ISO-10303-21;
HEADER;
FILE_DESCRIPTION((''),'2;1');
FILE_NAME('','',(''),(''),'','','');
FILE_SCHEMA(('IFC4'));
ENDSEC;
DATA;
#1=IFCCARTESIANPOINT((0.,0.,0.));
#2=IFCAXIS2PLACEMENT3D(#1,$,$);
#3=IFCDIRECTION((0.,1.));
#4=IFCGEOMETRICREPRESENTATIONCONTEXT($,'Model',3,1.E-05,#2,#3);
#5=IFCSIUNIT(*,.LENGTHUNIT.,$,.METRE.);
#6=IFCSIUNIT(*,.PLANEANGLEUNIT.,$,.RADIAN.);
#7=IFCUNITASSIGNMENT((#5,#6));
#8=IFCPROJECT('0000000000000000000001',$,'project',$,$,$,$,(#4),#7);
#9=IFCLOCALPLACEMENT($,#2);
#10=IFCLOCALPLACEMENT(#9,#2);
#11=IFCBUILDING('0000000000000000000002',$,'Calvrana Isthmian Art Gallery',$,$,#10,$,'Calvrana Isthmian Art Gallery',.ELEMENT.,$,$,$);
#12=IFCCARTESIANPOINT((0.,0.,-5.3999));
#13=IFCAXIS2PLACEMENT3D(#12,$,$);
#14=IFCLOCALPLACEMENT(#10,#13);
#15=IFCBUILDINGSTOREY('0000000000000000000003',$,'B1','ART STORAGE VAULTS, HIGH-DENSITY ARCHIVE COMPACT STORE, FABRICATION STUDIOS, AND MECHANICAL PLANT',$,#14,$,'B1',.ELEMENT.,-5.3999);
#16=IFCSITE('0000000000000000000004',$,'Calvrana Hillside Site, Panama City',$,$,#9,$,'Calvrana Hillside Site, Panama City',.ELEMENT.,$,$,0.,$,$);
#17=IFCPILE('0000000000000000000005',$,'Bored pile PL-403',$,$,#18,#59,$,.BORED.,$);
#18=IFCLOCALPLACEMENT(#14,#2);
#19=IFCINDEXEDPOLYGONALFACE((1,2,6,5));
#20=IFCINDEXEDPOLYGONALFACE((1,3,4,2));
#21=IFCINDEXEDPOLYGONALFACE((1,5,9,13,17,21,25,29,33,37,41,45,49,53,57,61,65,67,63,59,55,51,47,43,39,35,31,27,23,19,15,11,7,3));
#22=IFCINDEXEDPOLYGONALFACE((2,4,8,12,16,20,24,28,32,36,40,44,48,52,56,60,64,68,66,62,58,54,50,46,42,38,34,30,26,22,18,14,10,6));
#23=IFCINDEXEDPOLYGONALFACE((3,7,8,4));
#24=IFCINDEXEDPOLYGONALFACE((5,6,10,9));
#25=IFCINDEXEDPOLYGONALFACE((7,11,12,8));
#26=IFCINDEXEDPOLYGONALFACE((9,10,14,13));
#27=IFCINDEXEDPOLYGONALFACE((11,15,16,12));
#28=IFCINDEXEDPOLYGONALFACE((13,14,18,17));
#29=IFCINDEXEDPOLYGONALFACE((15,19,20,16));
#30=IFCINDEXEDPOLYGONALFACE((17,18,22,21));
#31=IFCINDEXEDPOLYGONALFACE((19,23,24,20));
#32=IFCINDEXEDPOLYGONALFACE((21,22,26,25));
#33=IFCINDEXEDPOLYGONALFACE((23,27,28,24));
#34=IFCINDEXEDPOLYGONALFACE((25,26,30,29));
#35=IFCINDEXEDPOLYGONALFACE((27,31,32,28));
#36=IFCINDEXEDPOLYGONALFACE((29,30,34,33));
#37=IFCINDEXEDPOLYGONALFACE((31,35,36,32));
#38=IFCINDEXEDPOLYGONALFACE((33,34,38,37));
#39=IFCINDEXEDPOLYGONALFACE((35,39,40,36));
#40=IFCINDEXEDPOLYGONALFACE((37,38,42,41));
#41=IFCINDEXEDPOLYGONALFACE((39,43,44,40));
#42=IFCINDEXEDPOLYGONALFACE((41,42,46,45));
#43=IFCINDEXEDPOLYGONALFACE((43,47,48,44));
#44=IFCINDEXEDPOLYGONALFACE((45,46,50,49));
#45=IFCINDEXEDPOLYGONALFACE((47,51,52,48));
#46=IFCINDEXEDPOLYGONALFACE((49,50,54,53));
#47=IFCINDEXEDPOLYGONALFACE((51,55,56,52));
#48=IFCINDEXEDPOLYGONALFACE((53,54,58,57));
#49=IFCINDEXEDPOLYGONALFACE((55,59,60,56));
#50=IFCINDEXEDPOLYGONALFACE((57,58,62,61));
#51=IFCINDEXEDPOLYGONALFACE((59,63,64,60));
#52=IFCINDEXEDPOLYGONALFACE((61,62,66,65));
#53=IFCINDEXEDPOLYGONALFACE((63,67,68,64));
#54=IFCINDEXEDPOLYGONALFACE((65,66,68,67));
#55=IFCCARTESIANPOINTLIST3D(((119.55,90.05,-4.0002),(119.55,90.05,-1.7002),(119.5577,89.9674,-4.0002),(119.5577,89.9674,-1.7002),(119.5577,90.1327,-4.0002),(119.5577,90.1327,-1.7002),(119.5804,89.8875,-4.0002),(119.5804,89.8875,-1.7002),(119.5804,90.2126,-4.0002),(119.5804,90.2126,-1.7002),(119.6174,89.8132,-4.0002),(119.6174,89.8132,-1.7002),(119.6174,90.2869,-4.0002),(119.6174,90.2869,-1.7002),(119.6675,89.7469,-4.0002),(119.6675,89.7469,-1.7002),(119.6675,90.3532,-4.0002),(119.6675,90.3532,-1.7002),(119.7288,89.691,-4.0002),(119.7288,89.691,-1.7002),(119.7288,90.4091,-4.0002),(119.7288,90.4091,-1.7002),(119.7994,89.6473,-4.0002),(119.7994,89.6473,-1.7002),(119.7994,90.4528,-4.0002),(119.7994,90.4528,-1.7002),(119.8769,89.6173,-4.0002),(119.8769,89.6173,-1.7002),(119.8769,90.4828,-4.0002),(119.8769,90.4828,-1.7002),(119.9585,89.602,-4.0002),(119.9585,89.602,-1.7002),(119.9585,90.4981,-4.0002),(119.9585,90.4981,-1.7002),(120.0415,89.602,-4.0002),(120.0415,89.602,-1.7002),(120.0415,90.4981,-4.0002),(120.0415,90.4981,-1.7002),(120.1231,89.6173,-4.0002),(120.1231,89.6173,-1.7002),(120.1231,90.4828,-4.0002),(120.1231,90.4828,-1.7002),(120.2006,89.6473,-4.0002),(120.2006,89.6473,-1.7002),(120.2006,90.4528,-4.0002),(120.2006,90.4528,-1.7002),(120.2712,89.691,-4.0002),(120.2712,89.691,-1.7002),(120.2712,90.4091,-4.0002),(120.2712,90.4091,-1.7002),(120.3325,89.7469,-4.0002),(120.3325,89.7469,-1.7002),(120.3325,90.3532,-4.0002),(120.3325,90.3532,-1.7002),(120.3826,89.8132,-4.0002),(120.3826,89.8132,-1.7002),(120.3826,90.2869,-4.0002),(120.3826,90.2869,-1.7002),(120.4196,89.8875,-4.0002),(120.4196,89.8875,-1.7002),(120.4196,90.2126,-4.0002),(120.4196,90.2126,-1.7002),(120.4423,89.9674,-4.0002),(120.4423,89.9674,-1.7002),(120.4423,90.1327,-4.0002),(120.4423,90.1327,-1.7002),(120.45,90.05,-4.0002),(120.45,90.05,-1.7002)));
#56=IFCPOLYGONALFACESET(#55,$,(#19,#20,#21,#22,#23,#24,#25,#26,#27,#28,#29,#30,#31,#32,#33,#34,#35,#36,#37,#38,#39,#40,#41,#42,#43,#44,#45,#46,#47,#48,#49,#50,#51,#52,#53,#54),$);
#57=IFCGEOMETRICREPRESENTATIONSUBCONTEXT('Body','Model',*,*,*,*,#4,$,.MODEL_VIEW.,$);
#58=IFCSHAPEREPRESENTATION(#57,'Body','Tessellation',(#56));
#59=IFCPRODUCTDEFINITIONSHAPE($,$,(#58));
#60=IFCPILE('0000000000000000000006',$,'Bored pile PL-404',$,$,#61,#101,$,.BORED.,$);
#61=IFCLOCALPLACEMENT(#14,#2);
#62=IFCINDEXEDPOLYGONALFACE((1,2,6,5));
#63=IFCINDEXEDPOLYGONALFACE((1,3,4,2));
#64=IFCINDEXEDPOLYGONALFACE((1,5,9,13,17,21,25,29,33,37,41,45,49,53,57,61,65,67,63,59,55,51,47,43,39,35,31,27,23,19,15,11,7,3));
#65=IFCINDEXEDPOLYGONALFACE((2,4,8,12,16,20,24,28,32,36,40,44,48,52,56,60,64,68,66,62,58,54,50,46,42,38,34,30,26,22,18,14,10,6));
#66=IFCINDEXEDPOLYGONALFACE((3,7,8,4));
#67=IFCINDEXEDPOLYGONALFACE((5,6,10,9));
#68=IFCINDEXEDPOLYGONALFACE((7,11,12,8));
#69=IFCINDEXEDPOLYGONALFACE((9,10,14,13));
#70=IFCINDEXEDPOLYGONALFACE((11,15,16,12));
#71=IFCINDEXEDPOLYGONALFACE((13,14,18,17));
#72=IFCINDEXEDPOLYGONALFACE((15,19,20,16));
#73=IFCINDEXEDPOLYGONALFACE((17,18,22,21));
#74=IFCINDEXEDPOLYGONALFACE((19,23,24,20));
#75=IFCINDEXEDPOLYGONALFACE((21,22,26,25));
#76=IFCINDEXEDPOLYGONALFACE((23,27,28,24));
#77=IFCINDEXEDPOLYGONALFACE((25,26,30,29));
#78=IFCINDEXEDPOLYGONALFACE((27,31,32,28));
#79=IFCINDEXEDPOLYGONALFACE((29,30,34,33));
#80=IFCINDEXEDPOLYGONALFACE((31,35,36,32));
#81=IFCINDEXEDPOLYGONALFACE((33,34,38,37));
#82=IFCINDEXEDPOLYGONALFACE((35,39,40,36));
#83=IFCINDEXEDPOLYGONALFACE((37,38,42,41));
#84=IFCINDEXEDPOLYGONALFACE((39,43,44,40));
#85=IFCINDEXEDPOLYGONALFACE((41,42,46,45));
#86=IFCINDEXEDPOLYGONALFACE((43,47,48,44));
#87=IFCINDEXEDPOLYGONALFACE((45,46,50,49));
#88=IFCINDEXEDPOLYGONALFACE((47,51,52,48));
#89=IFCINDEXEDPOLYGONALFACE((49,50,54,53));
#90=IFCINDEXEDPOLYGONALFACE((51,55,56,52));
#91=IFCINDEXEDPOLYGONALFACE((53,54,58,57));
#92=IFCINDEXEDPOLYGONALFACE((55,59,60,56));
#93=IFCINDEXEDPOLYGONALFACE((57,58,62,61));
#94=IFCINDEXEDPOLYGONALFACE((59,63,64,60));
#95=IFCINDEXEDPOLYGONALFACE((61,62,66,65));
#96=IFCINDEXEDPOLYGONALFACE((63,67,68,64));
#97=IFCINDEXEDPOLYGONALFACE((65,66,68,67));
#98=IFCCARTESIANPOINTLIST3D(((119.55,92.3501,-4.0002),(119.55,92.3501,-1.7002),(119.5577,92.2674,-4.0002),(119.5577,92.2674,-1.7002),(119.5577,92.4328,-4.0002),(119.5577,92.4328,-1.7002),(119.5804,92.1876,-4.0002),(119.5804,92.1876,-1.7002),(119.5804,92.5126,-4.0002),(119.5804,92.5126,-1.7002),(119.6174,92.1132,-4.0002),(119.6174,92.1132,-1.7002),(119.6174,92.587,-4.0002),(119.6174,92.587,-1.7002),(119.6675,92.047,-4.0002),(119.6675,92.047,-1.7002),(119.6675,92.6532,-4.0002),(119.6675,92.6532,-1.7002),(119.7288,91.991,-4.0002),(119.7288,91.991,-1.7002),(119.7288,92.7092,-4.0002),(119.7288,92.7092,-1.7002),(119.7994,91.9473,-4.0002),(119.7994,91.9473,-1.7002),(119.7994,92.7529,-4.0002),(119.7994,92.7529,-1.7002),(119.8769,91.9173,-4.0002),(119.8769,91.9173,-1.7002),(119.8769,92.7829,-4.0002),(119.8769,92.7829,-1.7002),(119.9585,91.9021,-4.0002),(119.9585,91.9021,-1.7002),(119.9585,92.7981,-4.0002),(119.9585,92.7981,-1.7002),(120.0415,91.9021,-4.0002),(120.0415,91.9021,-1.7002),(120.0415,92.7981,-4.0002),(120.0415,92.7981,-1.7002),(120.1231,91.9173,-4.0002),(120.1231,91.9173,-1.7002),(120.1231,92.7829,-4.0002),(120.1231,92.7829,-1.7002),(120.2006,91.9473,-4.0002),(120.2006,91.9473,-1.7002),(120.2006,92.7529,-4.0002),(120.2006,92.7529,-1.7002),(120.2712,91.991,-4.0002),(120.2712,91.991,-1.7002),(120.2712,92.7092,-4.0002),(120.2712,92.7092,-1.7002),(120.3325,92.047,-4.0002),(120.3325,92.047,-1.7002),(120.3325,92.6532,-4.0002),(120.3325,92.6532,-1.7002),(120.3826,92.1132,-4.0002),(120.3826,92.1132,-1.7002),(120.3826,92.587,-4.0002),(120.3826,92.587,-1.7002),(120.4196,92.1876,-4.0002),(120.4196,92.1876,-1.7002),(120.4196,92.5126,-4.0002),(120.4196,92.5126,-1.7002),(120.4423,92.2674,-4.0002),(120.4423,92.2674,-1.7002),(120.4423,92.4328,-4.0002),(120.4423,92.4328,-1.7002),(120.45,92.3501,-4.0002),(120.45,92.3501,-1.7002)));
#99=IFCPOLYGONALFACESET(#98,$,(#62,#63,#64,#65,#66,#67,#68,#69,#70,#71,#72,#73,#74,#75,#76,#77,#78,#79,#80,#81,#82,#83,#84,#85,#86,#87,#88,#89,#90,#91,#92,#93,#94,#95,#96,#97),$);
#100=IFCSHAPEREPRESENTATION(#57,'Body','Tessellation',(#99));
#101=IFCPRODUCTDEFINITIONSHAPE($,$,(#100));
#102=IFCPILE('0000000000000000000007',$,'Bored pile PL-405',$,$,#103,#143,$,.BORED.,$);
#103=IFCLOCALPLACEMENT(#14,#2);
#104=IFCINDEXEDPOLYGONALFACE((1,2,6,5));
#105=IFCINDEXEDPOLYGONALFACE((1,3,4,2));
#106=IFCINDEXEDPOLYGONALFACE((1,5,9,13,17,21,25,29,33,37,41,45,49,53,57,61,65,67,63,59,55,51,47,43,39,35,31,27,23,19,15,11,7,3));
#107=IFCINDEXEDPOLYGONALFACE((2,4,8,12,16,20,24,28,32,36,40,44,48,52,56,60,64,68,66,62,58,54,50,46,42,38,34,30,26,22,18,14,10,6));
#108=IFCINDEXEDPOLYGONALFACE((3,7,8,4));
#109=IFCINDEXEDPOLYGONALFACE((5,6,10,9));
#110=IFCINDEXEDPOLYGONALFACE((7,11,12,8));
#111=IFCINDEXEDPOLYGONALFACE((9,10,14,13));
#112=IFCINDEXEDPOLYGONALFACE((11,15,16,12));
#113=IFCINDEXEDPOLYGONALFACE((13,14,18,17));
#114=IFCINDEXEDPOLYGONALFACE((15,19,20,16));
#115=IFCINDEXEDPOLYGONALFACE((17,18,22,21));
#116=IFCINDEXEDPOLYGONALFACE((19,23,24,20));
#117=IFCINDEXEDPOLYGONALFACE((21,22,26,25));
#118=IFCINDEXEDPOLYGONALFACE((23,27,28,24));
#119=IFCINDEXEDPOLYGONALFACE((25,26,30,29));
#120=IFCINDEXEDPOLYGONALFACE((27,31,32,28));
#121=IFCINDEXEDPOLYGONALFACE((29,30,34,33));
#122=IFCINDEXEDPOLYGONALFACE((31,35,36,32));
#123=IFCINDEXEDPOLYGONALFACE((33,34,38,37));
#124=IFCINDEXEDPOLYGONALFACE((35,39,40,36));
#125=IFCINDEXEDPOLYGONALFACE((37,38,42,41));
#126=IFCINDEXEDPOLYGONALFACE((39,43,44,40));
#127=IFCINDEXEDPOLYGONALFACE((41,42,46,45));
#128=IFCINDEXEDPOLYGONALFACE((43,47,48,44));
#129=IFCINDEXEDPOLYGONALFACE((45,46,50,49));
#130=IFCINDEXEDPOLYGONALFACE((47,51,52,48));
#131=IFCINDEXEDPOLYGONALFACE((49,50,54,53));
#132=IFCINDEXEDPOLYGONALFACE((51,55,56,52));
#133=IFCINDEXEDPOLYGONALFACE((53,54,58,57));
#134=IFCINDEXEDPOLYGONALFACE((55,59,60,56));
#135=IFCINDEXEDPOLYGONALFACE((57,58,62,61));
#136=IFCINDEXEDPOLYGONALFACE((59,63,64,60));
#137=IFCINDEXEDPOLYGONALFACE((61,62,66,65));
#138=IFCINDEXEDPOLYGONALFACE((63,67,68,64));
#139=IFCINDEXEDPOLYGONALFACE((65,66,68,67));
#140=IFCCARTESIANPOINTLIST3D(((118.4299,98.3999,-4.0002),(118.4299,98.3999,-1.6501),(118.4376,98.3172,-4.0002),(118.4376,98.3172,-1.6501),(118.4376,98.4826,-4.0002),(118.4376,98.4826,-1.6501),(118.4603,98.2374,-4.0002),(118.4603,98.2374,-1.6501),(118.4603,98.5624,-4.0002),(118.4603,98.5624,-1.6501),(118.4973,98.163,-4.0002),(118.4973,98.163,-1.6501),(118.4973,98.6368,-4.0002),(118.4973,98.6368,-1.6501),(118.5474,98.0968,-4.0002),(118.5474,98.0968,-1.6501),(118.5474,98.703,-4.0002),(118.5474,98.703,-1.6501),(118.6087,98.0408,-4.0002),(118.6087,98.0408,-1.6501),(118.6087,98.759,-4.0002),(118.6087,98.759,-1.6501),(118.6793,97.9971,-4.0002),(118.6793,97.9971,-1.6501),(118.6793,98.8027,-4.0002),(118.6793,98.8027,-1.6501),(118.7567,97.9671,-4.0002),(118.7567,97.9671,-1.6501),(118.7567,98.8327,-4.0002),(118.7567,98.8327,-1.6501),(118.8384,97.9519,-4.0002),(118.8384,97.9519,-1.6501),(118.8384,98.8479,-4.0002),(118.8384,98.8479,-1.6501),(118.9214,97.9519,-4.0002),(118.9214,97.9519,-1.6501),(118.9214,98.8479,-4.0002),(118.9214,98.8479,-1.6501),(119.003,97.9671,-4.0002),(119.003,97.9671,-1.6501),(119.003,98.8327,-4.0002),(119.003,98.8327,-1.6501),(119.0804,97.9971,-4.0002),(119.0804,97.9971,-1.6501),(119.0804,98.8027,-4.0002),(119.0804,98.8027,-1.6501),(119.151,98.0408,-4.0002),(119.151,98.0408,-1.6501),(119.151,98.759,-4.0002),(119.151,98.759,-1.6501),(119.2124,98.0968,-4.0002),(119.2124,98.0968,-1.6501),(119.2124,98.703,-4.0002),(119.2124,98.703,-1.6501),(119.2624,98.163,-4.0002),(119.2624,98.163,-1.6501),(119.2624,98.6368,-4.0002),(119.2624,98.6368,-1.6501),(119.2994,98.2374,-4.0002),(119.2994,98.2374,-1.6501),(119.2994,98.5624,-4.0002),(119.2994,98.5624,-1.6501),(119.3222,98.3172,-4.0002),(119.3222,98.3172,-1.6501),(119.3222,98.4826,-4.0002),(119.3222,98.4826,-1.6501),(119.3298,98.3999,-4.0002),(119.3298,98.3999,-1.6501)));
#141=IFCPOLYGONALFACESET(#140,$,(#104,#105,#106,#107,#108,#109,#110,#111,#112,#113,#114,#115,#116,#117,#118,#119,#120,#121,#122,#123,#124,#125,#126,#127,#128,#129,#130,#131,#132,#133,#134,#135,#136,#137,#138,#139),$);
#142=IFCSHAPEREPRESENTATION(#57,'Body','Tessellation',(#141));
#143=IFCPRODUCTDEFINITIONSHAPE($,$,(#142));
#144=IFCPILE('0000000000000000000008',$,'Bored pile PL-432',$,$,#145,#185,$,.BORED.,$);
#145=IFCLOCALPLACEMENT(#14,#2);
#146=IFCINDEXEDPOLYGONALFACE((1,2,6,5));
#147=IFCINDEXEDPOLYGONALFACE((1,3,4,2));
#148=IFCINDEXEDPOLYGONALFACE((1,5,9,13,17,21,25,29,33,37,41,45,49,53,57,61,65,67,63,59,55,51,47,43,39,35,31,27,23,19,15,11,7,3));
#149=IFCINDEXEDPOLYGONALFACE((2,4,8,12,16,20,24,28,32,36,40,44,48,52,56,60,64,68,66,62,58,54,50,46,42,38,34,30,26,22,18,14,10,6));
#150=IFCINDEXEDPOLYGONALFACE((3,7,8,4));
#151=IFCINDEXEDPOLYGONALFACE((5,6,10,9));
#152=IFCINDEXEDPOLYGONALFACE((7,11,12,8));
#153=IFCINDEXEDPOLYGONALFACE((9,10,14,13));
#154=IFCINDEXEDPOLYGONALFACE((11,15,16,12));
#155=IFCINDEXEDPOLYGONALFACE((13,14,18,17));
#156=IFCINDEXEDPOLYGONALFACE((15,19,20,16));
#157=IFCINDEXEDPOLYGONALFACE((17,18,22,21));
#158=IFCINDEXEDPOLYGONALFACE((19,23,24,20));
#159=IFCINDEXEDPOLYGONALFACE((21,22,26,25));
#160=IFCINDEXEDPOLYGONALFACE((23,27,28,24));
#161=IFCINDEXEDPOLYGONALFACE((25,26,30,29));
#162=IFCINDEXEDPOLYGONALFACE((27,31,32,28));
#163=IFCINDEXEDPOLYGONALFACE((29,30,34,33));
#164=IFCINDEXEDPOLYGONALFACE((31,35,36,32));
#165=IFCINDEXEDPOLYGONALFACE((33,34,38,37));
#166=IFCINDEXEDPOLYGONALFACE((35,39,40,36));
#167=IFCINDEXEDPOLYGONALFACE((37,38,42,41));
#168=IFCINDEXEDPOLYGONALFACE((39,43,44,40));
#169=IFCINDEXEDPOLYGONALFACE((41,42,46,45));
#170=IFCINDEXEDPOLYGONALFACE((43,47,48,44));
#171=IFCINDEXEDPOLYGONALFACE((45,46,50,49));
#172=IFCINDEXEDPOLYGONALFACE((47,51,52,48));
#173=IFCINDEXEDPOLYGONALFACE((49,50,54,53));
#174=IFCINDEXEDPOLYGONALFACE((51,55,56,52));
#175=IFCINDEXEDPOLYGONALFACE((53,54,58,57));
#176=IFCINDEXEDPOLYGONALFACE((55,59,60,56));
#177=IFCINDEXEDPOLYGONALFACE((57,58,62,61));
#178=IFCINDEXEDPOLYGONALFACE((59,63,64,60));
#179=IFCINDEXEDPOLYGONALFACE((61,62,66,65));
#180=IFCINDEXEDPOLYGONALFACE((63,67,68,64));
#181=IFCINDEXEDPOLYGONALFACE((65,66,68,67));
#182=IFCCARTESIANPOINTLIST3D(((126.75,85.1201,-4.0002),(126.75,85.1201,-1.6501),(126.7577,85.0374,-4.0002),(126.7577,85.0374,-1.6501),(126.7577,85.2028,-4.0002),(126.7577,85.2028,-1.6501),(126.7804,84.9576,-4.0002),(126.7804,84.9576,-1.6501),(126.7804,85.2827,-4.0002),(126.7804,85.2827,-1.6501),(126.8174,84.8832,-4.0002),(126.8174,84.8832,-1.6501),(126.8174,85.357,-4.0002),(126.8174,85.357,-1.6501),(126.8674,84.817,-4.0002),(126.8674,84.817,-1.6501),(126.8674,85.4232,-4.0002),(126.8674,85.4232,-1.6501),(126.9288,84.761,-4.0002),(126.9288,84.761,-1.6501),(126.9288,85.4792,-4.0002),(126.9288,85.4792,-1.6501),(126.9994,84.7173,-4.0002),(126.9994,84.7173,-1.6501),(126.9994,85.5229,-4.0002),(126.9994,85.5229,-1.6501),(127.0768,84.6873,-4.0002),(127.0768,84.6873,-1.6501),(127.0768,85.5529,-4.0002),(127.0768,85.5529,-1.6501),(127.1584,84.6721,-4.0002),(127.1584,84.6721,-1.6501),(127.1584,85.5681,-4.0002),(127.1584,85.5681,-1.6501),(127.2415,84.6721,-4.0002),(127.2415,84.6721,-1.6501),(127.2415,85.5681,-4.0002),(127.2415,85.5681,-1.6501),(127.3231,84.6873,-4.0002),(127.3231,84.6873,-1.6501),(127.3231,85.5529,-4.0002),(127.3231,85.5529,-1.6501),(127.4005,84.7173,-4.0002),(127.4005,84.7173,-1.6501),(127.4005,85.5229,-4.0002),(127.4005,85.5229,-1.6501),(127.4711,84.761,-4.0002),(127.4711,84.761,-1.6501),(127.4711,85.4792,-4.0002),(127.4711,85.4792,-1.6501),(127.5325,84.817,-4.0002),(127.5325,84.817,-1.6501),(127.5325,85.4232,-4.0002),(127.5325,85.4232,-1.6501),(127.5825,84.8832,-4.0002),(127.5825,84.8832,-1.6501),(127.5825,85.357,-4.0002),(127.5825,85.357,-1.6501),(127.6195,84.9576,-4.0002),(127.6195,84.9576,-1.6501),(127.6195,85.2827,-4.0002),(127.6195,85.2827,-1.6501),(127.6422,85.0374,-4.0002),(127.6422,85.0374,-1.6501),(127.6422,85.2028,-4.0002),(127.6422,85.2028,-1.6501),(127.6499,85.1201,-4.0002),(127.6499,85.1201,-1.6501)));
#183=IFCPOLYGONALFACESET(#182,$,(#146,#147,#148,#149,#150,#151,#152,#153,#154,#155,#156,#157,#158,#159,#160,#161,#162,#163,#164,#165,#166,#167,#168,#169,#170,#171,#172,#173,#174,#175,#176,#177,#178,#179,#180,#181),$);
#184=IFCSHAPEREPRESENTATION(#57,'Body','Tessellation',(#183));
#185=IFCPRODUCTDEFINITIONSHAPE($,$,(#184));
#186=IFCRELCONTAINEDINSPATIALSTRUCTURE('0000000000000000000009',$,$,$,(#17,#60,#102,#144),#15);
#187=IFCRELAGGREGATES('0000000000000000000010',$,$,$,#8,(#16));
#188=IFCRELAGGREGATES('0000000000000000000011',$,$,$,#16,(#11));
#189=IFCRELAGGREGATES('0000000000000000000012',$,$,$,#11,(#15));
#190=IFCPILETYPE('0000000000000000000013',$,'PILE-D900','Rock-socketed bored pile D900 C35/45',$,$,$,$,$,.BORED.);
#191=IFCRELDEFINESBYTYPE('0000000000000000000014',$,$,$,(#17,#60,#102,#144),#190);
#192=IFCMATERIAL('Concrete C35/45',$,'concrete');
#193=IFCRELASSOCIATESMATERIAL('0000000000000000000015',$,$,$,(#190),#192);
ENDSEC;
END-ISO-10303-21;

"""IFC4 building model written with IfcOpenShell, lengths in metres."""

from ifc_helpers import new_model, si_unit, direction, frame, origin, origin_2d, place, context, subcontext, project, spatial, circle, extrude, material, material_profile, profile_set, type_object, element, save


model = new_model("IFC4")

# Units and contexts
model_context = context("Model", 3, precision=1e-05, world=origin(), true_north=direction((0.0, 1.0)))
body_context = subcontext(model_context, "Body", "Model", "MODEL_VIEW")
ifc_project = project(units=[si_unit("LENGTHUNIT", "METRE"), si_unit("PLANEANGLEUNIT", "RADIAN")], contexts=[model_context])

# Site, building, storey
site_placement = place(None, origin())
site = spatial("IfcSite", under=ifc_project, at=site_placement, Name="Calvrana Hillside Site, Panama City", LongName="Calvrana Hillside Site, Panama City", CompositionType="ELEMENT", RefElevation=0.0)
building_placement = place(site_placement, origin())
building = spatial("IfcBuilding", under=site, at=building_placement, Name="Calvrana Isthmian Art Gallery", LongName="Calvrana Isthmian Art Gallery", CompositionType="ELEMENT")
storey_placement = place(building_placement, frame((0.0, 0.0, -5.3999)))
storey = spatial("IfcBuildingStorey", under=building, at=storey_placement, Name="B1", Description="ART STORAGE VAULTS, HIGH-DENSITY ARCHIVE COMPACT STORE, FABRICATION STUDIOS, AND MECHANICAL PLANT", LongName="B1", CompositionType="ELEMENT", Elevation=-5.3999)

# Shared definitions
ifc_material_1 = material(Name="Concrete C35/45", Category="concrete")

# Piles
ifc_material_profile_1 = material_profile(ifc_material_1, circle(Radius=0.45, at=origin_2d()), Name="PILE900D")
ifc_profile_set_1 = profile_set([ifc_material_profile_1], Name="Concrete C35/45")
pile_type_1 = type_object("IfcPileType", Name="PILE-D900", Description="Rock-socketed bored pile D900 C35/45", PredefinedType="BORED", material=ifc_profile_set_1)
for number, where, z_axis, x_axis, name in (
    (1, (120.0, 90.05, -1.7002), (0.0, 0.0, -1.0), (1.0, 0.0, 0.0), "Bored pile PL-403"),
    (2, (120.0, 92.3501, -1.7002), (0.0, 0.0, -1.0), (1.0, 0.0, 0.0), "Bored pile PL-404"),
):
    element("IfcPile", number, at=place(storey_placement, frame(where, z_axis=z_axis, x_axis=x_axis)), inside=storey, type_object=pile_type_1, Name=name, PredefinedType="BORED", context=body_context, shape_type="SweptSolid", body=[
        extrude(circle(Radius=0.45, at=origin_2d()), origin(), (0.0, 0.0, 1.0), 2.3),
    ])
for number, where, z_axis, x_axis, name in (
    (3, (118.8799, 98.3999, -1.6501), (0.0, 0.0, -1.0), (1.0, 0.0, 0.0), "Bored pile PL-405"),
    (4, (127.2, 85.1201, -1.6501), (0.0, 0.0, -1.0), (1.0, 0.0, 0.0), "Bored pile PL-432"),
):
    element("IfcPile", number, at=place(storey_placement, frame(where, z_axis=z_axis, x_axis=x_axis)), inside=storey, type_object=pile_type_1, Name=name, PredefinedType="BORED", context=body_context, shape_type="SweptSolid", body=[
        extrude(circle(Radius=0.45, at=origin_2d()), origin(), (0.0, 0.0, 1.0), 2.3501),
    ])

save(model, "model.ifc")
